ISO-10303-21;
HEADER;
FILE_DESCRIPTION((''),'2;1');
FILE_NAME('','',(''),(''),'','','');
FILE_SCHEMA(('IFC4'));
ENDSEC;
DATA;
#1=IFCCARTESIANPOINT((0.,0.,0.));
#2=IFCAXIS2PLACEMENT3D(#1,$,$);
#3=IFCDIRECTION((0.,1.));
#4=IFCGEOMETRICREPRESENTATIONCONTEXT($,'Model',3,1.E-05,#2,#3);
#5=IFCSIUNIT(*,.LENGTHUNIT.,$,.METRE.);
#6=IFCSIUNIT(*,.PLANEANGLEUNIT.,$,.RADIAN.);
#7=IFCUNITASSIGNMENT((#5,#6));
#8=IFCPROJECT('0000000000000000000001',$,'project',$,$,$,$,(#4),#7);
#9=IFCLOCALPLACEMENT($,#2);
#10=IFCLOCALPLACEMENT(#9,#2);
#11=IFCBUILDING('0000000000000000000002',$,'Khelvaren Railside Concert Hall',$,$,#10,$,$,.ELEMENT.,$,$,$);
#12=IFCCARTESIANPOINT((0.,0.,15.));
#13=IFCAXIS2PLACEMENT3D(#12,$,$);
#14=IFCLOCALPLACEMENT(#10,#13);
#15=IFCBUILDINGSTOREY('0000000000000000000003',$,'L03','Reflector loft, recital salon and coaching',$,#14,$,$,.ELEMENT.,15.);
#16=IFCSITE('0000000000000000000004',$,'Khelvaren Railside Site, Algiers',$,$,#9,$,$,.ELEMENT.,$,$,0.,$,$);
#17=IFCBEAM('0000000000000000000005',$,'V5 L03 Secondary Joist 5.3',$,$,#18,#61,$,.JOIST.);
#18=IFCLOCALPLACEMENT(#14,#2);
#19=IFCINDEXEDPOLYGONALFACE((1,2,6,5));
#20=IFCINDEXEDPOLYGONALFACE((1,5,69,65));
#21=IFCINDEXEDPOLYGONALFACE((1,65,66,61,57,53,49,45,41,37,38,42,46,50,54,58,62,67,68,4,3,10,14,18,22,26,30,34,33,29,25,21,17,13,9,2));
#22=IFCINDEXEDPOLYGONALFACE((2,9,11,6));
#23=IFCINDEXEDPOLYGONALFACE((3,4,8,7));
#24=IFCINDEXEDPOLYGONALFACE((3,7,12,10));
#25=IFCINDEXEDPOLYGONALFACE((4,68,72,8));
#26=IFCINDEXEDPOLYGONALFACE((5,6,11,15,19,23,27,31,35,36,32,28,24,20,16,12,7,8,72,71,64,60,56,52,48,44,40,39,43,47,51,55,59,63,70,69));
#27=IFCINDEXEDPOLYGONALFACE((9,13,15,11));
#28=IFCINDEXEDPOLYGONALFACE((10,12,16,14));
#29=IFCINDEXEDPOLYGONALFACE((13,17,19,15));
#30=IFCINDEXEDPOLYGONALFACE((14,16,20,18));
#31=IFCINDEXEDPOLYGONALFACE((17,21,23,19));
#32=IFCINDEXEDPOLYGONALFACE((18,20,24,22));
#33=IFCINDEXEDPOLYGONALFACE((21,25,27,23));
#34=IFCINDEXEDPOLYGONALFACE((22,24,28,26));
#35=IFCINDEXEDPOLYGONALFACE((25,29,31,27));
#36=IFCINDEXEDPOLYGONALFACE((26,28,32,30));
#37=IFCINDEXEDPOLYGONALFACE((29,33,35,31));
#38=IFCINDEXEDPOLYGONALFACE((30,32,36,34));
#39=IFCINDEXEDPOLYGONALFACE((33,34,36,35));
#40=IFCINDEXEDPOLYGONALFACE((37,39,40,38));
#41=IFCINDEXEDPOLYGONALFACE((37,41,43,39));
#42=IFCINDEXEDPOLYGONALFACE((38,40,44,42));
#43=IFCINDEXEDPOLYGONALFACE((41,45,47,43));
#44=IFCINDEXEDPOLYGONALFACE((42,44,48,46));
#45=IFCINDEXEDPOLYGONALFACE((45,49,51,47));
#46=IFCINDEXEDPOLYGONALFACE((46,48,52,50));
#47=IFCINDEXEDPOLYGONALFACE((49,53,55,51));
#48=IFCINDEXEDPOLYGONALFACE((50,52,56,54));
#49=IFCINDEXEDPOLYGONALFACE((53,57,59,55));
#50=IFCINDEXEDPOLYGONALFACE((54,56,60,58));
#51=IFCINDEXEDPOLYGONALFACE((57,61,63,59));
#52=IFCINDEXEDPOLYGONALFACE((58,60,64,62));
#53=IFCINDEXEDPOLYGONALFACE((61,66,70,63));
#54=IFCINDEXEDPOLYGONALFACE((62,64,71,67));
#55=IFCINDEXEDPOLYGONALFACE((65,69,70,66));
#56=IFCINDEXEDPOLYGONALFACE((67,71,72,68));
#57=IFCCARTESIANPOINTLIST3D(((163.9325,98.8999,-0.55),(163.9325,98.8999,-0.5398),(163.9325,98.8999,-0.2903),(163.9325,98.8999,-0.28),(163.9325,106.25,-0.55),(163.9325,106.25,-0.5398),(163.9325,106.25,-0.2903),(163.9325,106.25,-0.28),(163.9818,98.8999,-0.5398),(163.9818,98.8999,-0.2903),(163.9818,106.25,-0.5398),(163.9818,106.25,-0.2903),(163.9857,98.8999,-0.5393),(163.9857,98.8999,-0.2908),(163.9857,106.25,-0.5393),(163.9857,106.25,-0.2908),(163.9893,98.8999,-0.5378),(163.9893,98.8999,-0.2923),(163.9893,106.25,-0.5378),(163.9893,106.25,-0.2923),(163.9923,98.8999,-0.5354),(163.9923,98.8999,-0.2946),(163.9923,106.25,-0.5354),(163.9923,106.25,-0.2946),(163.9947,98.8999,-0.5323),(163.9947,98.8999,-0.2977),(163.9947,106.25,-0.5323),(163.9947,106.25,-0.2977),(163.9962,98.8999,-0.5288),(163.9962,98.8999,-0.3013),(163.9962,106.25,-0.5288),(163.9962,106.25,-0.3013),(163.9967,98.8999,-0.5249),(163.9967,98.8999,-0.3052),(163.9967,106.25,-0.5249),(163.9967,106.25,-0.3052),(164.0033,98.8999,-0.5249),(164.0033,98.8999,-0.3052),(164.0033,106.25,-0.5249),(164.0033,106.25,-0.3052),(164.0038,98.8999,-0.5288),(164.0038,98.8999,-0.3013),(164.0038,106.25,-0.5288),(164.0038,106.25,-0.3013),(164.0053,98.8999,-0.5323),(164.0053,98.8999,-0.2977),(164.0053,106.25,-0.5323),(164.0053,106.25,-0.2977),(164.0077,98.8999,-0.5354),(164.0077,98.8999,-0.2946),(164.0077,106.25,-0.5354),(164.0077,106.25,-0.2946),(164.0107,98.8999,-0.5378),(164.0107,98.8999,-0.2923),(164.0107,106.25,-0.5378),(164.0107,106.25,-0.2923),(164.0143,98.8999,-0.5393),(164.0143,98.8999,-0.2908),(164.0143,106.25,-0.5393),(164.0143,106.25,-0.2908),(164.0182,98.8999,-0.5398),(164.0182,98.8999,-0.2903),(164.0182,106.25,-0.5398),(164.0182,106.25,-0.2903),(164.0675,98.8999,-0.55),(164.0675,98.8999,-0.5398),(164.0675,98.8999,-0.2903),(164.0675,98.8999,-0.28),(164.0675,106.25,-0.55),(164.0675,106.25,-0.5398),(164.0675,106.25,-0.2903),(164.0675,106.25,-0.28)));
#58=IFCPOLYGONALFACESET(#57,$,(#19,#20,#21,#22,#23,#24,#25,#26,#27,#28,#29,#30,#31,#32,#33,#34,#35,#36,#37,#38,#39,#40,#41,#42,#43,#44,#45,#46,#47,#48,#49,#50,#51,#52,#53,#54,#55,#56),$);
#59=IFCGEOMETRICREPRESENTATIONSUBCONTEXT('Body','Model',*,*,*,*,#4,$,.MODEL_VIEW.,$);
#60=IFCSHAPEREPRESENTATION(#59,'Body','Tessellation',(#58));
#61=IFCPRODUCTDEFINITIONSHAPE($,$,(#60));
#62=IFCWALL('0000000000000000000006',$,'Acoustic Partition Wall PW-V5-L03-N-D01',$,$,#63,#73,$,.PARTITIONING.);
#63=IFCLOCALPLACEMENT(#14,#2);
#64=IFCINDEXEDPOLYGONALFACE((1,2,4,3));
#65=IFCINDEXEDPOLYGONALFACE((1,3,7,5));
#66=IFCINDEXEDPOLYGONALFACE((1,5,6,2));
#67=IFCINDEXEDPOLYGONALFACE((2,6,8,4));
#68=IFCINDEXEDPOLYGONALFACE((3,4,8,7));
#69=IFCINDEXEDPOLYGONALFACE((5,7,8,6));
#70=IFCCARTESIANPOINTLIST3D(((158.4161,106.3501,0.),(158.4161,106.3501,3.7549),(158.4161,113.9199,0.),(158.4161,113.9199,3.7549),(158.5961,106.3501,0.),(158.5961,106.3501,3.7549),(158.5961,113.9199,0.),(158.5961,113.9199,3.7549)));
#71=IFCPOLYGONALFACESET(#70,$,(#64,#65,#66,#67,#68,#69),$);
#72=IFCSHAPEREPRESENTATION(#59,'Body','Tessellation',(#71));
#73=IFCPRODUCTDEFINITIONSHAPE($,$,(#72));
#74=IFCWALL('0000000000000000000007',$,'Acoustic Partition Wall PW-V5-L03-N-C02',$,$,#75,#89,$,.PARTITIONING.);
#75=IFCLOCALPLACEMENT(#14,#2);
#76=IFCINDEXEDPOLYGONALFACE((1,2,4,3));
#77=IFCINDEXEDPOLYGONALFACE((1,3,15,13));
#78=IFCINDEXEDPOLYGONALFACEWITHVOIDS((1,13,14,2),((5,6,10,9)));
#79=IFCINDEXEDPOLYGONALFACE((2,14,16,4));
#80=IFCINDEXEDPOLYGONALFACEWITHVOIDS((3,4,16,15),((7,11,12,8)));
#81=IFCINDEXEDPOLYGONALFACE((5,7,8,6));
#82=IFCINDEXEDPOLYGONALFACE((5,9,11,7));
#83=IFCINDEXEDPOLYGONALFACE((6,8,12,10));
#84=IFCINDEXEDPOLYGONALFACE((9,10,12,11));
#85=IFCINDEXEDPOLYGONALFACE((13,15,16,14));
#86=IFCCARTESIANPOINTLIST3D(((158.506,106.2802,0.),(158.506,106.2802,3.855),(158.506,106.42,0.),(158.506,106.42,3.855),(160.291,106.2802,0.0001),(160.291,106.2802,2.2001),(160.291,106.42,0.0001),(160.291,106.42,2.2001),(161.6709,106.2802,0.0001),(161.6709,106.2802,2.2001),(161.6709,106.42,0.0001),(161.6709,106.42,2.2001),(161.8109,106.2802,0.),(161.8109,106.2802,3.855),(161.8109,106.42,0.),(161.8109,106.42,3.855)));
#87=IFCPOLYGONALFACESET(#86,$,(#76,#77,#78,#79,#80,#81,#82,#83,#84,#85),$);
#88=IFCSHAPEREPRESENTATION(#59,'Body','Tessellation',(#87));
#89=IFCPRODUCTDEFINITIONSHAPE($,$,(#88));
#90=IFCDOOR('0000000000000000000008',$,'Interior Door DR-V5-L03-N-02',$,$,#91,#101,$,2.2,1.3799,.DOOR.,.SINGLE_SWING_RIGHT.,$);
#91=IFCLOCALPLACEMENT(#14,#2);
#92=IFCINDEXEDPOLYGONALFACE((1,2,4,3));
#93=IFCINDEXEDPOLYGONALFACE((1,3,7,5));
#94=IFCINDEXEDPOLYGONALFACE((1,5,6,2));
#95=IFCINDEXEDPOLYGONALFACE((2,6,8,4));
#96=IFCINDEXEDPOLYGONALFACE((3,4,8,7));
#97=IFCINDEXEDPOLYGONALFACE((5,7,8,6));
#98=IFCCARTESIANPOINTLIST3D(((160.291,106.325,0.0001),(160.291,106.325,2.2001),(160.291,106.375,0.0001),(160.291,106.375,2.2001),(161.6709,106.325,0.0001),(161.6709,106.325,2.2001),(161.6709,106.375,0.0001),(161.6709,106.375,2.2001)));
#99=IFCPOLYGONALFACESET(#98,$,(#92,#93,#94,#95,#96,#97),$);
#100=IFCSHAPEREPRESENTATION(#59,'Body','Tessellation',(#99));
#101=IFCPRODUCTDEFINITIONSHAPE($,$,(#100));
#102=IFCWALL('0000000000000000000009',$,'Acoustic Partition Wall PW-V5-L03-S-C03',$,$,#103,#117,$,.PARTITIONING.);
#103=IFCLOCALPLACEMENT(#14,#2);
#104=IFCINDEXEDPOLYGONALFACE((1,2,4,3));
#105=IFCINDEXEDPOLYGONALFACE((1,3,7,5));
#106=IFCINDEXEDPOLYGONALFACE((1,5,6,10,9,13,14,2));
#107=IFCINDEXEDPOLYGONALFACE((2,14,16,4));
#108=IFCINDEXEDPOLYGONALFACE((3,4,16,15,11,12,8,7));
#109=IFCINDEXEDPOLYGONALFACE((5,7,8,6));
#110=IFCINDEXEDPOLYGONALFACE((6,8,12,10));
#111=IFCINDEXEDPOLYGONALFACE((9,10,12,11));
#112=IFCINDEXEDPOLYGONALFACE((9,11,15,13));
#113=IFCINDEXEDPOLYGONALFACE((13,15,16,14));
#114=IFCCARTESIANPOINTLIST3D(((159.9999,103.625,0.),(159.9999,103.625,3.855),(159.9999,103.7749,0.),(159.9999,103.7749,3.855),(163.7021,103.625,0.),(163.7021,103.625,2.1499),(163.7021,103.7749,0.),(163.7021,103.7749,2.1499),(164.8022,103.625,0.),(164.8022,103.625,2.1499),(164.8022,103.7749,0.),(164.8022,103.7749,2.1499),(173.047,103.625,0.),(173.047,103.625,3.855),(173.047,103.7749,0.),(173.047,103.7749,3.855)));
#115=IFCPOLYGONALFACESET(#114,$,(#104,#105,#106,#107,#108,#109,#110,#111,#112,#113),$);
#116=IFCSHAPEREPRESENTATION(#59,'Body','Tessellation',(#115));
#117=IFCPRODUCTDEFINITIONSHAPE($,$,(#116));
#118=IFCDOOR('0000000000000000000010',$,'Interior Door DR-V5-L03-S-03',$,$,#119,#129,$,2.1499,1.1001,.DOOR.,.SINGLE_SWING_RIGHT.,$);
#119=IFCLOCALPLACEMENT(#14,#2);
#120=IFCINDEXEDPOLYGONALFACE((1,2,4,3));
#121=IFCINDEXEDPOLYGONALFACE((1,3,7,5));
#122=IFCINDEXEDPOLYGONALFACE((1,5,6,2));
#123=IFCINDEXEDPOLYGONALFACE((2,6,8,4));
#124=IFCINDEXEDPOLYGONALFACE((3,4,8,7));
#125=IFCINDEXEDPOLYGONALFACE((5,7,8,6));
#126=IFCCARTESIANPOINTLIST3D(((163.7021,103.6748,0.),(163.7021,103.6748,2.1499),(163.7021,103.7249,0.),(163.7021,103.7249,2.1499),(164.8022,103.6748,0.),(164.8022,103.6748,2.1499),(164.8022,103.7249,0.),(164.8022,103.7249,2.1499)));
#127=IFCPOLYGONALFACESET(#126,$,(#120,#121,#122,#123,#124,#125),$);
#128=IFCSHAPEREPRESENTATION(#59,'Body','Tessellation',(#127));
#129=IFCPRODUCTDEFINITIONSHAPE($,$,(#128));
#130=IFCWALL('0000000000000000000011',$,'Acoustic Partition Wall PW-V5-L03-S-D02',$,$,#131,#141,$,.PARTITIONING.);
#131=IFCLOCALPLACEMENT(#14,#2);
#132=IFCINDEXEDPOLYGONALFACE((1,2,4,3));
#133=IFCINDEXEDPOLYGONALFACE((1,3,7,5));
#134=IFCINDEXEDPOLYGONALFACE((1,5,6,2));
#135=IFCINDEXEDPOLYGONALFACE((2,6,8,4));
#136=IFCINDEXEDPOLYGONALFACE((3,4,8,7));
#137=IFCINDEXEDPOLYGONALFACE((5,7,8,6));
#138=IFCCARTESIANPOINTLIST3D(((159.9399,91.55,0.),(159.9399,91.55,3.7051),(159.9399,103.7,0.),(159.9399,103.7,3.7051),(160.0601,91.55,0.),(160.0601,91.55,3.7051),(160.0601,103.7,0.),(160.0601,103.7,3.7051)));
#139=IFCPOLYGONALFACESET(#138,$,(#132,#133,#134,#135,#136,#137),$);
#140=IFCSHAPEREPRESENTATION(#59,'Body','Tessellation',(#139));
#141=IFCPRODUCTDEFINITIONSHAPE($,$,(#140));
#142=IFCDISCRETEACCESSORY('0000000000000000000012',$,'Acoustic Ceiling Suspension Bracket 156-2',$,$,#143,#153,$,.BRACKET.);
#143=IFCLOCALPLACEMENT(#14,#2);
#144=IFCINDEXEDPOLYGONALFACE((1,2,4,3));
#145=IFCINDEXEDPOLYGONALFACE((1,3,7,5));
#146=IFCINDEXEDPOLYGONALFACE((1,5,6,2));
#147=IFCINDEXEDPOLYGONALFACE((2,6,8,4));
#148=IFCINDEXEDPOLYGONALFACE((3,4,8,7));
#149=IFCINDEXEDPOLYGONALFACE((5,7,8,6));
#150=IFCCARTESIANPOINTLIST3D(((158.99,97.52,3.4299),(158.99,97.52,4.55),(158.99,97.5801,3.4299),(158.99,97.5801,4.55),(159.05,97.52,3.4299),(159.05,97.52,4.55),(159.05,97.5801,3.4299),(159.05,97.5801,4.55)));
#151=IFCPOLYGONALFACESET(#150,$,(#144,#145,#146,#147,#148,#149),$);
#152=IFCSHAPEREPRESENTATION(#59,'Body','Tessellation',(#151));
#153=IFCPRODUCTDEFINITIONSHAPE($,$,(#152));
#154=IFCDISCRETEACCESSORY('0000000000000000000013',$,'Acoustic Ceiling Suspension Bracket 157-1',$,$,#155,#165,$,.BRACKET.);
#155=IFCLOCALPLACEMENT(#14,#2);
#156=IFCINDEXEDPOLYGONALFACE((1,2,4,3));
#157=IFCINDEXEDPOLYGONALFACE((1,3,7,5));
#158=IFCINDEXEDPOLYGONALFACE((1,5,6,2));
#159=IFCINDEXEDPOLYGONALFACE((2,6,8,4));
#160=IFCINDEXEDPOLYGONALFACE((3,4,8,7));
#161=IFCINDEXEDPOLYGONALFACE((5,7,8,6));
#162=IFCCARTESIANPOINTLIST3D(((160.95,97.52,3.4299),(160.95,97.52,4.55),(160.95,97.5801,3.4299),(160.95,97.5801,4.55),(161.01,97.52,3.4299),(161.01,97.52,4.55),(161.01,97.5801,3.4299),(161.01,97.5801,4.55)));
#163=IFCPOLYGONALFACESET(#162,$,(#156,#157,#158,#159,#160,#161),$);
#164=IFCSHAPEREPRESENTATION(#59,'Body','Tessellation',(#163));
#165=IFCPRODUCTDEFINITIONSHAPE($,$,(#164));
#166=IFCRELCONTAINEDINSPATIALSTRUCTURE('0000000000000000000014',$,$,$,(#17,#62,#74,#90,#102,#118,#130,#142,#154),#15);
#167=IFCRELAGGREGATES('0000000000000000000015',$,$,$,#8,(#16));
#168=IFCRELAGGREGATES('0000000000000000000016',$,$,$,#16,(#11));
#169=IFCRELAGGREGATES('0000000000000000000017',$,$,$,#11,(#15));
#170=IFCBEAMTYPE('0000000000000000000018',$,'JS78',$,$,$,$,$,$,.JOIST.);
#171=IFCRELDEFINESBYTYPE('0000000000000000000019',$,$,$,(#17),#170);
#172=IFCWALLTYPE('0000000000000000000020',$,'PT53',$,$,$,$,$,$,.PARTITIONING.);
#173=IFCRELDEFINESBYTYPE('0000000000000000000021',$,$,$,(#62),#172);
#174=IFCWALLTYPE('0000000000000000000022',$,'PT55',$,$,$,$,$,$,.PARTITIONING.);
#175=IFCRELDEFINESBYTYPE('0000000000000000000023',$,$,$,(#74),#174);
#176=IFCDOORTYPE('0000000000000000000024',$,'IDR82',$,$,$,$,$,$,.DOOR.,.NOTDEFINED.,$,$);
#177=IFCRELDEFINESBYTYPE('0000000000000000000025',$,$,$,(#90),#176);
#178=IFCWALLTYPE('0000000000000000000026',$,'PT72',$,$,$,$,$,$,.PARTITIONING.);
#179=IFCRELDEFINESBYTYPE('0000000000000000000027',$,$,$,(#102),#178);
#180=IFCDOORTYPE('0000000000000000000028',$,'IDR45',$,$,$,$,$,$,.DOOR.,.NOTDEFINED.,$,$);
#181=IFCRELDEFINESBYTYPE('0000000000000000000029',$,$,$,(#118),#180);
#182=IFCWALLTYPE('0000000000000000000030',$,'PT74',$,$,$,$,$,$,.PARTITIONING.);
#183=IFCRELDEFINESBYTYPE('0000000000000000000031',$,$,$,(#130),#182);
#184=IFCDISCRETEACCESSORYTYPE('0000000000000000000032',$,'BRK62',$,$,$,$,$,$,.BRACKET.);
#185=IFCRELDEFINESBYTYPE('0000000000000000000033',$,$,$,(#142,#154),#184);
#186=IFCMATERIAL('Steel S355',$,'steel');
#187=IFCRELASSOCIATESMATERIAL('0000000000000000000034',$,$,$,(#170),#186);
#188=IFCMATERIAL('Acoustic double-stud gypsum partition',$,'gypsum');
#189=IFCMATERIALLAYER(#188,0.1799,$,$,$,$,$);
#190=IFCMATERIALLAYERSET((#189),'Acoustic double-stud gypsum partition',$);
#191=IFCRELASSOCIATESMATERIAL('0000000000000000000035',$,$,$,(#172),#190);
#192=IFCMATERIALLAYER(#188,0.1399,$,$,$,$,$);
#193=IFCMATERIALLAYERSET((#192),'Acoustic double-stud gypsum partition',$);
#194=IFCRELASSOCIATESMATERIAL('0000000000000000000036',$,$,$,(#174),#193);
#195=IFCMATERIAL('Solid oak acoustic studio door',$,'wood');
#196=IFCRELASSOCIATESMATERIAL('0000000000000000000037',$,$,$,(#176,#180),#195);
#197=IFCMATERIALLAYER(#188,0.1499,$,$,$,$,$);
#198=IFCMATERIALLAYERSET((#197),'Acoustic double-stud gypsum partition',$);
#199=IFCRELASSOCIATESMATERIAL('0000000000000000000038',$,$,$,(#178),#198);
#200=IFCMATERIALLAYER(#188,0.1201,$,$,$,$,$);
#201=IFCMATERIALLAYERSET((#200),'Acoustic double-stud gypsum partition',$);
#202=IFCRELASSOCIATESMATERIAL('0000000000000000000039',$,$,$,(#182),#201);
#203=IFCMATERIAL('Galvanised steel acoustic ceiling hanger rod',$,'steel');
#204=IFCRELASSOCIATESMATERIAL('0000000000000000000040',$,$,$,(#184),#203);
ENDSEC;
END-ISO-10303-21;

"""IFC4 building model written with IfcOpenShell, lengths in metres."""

from ifc_helpers import new_model, si_unit, direction, frame, frame_2d, origin, origin_2d, place, context, subcontext, project, spatial, rectangle, i_section, extrude, material, layer, layer_set, material_profile, profile_set, type_object, element, fill, save


model = new_model("IFC4")

# Units and contexts
model_context = context("Model", 3, precision=1e-05, world=origin(), true_north=direction((0.0, 1.0)))
body_context = subcontext(model_context, "Body", "Model", "MODEL_VIEW")
ifc_project = project(units=[si_unit("LENGTHUNIT", "METRE"), si_unit("PLANEANGLEUNIT", "RADIAN")], contexts=[model_context])

# Site, building, storey
site_placement = place(None, origin())
site = spatial("IfcSite", under=ifc_project, at=site_placement, Name="Khelvaren Railside Site, Algiers", CompositionType="ELEMENT", RefElevation=0.0)
building_placement = place(site_placement, origin())
building = spatial("IfcBuilding", under=site, at=building_placement, Name="Khelvaren Railside Concert Hall", CompositionType="ELEMENT")
storey_placement = place(building_placement, frame((0.0, 0.0, 15.0)))
storey = spatial("IfcBuildingStorey", under=building, at=storey_placement, Name="L03", Description="Reflector loft, recital salon and coaching", CompositionType="ELEMENT", Elevation=15.0)

# Beam
ifc_material_1 = material(Name="Steel S355", Category="steel")
ifc_material_profile_1 = material_profile(ifc_material_1, i_section(OverallWidth=0.135, OverallDepth=0.27, WebThickness=0.0066, FlangeThickness=0.0103, FilletRadius=0.0149, at=origin_2d()), Name="IPE 270")
ifc_profile_set_1 = profile_set([ifc_material_profile_1], Name="Steel S355")
beam_type_1 = type_object("IfcBeamType", Name="JS78", PredefinedType="JOIST", material=ifc_profile_set_1)
beam_1_placement = place(storey_placement, frame((164.0, 98.8999, -0.415), z_axis=(0.0, 1.0, 0.0), x_axis=(-1.0, 0.0, 0.0)))
element("IfcBeam", 1, at=beam_1_placement, inside=storey, type_object=beam_type_1, Name="V5 L03 Secondary Joist 5.3", PredefinedType="JOIST", context=body_context, shape_type="SweptSolid", body=[
    extrude(i_section(OverallWidth=0.135, OverallDepth=0.27, WebThickness=0.0066, FlangeThickness=0.0103, FilletRadius=0.0149, at=origin_2d()), origin(), (0.0, 0.0, 1.0), 7.3501),
])

# Wall
ifc_material_2 = material(Name="Acoustic double-stud gypsum partition", Category="gypsum")
ifc_layer_1 = layer(ifc_material_2, 0.1799)
ifc_layer_set_1 = layer_set([ifc_layer_1], Name="Acoustic double-stud gypsum partition")
wall_type_1 = type_object("IfcWallType", Name="PT53", PredefinedType="PARTITIONING", material=ifc_layer_set_1)
wall_1_placement = place(storey_placement, frame((158.5061, 106.3501, 0.0), z_axis=(0.0, 0.0, 1.0), x_axis=(0.0, 1.0, 0.0)))
element("IfcWall", 2, at=wall_1_placement, inside=storey, type_object=wall_type_1, Name="Acoustic Partition Wall PW-V5-L03-N-D01", PredefinedType="PARTITIONING", context=body_context, shape_type="SweptSolid", body=[
    extrude(rectangle(XDim=7.5698, YDim=0.1799, at=frame_2d((3.7849, 0.0))), origin(), (0.0, 0.0, 1.0), 3.7549),
])

# Walls, openings, doors
ifc_layer_2 = layer(ifc_material_2, 0.1399)
ifc_layer_set_2 = layer_set([ifc_layer_2], Name="Acoustic double-stud gypsum partition")
wall_type_2 = type_object("IfcWallType", Name="PT55", PredefinedType="PARTITIONING", material=ifc_layer_set_2)
wall_2_placement = place(storey_placement, frame((158.5061, 106.3501, 0.0), z_axis=(0.0, 0.0, 1.0), x_axis=(1.0, 0.0, 0.0)))
wall_2 = element("IfcWall", 3, at=wall_2_placement, inside=storey, type_object=wall_type_2, Name="Acoustic Partition Wall PW-V5-L03-N-C02", PredefinedType="PARTITIONING", context=body_context, shape_type="SweptSolid", body=[
    extrude(rectangle(XDim=3.3049, YDim=0.1399, at=frame_2d((1.6523, 0.0))), origin(), (0.0, 0.0, 1.0), 3.855),
])
opening_1_placement = place(wall_2_placement, frame((1.7849, 0.0, 0.0)))
opening_1 = element("IfcOpeningElement", 4, at=opening_1_placement, cuts=wall_2, PredefinedType="OPENING", context=body_context, shape_type="SweptSolid", body=[
    extrude(rectangle(XDim=1.3799, YDim=2.2, at=frame_2d((0.6899, 1.1001))), frame((0.0, 0.0798, 0.0), z_axis=(0.0, -1.0, 0.0), x_axis=(1.0, 0.0, 0.0)), (0.0, 0.0, 1.0), 0.1599),
])
ifc_material_3 = material(Name="Solid oak acoustic studio door", Category="wood")
door_type_1 = type_object("IfcDoorType", Name="IDR82", OperationType="NOTDEFINED", PredefinedType="DOOR", material=ifc_material_3)
door_1_placement = place(opening_1_placement, origin())
door_1 = element("IfcDoor", 5, at=door_1_placement, inside=storey, type_object=door_type_1, Name="Interior Door DR-V5-L03-N-02", OperationType="SINGLE_SWING_RIGHT", OverallHeight=2.2, OverallWidth=1.3799, PredefinedType="DOOR", context=body_context, shape_type="SweptSolid", body=[
    extrude(rectangle(XDim=1.3799, YDim=2.2, at=frame_2d((0.6899, 1.1001))), frame((0.0, 0.0249, 0.0), z_axis=(0.0, -1.0, 0.0), x_axis=(1.0, 0.0, 0.0)), (0.0, 0.0, 1.0), 0.05),
])
fill(opening_1, door_1)
ifc_layer_3 = layer(ifc_material_2, 0.1499)
ifc_layer_set_3 = layer_set([ifc_layer_3], Name="Acoustic double-stud gypsum partition")
wall_type_3 = type_object("IfcWallType", Name="PT72", PredefinedType="PARTITIONING", material=ifc_layer_set_3)
wall_3_placement = place(storey_placement, frame((160.0, 103.7, 0.0), z_axis=(0.0, 0.0, 1.0), x_axis=(1.0, 0.0, 0.0)))
wall_3 = element("IfcWall", 6, at=wall_3_placement, inside=storey, type_object=wall_type_3, Name="Acoustic Partition Wall PW-V5-L03-S-C03", PredefinedType="PARTITIONING", context=body_context, shape_type="SweptSolid", body=[
    extrude(rectangle(XDim=13.0471, YDim=0.1499, at=frame_2d((6.5234, 0.0))), origin(), (0.0, 0.0, 1.0), 3.855),
])
opening_2_placement = place(wall_3_placement, frame((3.7021, 0.0, 0.0)))
opening_2 = element("IfcOpeningElement", 7, at=opening_2_placement, cuts=wall_3, PredefinedType="OPENING", context=body_context, shape_type="SweptSolid", body=[
    extrude(rectangle(XDim=1.1001, YDim=2.1499, at=frame_2d((0.55, 1.075))), frame((0.0, 0.085, 0.0), z_axis=(0.0, -1.0, 0.0), x_axis=(1.0, 0.0, 0.0)), (0.0, 0.0, 1.0), 0.1699),
])
door_type_2 = type_object("IfcDoorType", Name="IDR45", OperationType="NOTDEFINED", PredefinedType="DOOR", material=ifc_material_3)
door_2_placement = place(opening_2_placement, origin())
door_2 = element("IfcDoor", 8, at=door_2_placement, inside=storey, type_object=door_type_2, Name="Interior Door DR-V5-L03-S-03", OperationType="SINGLE_SWING_RIGHT", OverallHeight=2.1499, OverallWidth=1.1001, PredefinedType="DOOR", context=body_context, shape_type="SweptSolid", body=[
    extrude(rectangle(XDim=1.1001, YDim=2.1499, at=frame_2d((0.55, 1.075))), frame((0.0, 0.0249, 0.0), z_axis=(0.0, -1.0, 0.0), x_axis=(1.0, 0.0, 0.0)), (0.0, 0.0, 1.0), 0.05),
])
fill(opening_2, door_2)

# Wall
ifc_layer_4 = layer(ifc_material_2, 0.1201)
ifc_layer_set_4 = layer_set([ifc_layer_4], Name="Acoustic double-stud gypsum partition")
wall_type_4 = type_object("IfcWallType", Name="PT74", PredefinedType="PARTITIONING", material=ifc_layer_set_4)
wall_4_placement = place(storey_placement, frame((160.0, 91.55, 0.0), z_axis=(0.0, 0.0, 1.0), x_axis=(0.0, 1.0, 0.0)))
element("IfcWall", 9, at=wall_4_placement, inside=storey, type_object=wall_type_4, Name="Acoustic Partition Wall PW-V5-L03-S-D02", PredefinedType="PARTITIONING", context=body_context, shape_type="SweptSolid", body=[
    extrude(rectangle(XDim=12.1499, YDim=0.1201, at=frame_2d((6.075, 0.0))), origin(), (0.0, 0.0, 1.0), 3.7051),
])

# Discrete accessories
ifc_material_4 = material(Name="Galvanised steel acoustic ceiling hanger rod", Category="steel")
discrete_accessory_type = type_object("IfcDiscreteAccessoryType", Name="BRK62", PredefinedType="BRACKET", material=ifc_material_4)
for number, where, z_axis, x_axis, name in (
    (10, (159.02, 97.55, 3.4299), (0.0, 0.0, 1.0), (1.0, 0.0, 0.0), "Acoustic Ceiling Suspension Bracket 156-2"),
    (11, (160.98, 97.55, 3.4299), (0.0, 0.0, 1.0), (1.0, 0.0, 0.0), "Acoustic Ceiling Suspension Bracket 157-1"),
):
    element("IfcDiscreteAccessory", number, at=place(storey_placement, frame(where, z_axis=z_axis, x_axis=x_axis)), inside=storey, type_object=discrete_accessory_type, Name=name, PredefinedType="BRACKET", context=body_context, shape_type="SweptSolid", body=[
        extrude(rectangle(XDim=0.0601, YDim=0.0601, at=origin_2d()), origin(), (0.0, 0.0, 1.0), 1.1201),
    ])

save(model, "model.ifc")
